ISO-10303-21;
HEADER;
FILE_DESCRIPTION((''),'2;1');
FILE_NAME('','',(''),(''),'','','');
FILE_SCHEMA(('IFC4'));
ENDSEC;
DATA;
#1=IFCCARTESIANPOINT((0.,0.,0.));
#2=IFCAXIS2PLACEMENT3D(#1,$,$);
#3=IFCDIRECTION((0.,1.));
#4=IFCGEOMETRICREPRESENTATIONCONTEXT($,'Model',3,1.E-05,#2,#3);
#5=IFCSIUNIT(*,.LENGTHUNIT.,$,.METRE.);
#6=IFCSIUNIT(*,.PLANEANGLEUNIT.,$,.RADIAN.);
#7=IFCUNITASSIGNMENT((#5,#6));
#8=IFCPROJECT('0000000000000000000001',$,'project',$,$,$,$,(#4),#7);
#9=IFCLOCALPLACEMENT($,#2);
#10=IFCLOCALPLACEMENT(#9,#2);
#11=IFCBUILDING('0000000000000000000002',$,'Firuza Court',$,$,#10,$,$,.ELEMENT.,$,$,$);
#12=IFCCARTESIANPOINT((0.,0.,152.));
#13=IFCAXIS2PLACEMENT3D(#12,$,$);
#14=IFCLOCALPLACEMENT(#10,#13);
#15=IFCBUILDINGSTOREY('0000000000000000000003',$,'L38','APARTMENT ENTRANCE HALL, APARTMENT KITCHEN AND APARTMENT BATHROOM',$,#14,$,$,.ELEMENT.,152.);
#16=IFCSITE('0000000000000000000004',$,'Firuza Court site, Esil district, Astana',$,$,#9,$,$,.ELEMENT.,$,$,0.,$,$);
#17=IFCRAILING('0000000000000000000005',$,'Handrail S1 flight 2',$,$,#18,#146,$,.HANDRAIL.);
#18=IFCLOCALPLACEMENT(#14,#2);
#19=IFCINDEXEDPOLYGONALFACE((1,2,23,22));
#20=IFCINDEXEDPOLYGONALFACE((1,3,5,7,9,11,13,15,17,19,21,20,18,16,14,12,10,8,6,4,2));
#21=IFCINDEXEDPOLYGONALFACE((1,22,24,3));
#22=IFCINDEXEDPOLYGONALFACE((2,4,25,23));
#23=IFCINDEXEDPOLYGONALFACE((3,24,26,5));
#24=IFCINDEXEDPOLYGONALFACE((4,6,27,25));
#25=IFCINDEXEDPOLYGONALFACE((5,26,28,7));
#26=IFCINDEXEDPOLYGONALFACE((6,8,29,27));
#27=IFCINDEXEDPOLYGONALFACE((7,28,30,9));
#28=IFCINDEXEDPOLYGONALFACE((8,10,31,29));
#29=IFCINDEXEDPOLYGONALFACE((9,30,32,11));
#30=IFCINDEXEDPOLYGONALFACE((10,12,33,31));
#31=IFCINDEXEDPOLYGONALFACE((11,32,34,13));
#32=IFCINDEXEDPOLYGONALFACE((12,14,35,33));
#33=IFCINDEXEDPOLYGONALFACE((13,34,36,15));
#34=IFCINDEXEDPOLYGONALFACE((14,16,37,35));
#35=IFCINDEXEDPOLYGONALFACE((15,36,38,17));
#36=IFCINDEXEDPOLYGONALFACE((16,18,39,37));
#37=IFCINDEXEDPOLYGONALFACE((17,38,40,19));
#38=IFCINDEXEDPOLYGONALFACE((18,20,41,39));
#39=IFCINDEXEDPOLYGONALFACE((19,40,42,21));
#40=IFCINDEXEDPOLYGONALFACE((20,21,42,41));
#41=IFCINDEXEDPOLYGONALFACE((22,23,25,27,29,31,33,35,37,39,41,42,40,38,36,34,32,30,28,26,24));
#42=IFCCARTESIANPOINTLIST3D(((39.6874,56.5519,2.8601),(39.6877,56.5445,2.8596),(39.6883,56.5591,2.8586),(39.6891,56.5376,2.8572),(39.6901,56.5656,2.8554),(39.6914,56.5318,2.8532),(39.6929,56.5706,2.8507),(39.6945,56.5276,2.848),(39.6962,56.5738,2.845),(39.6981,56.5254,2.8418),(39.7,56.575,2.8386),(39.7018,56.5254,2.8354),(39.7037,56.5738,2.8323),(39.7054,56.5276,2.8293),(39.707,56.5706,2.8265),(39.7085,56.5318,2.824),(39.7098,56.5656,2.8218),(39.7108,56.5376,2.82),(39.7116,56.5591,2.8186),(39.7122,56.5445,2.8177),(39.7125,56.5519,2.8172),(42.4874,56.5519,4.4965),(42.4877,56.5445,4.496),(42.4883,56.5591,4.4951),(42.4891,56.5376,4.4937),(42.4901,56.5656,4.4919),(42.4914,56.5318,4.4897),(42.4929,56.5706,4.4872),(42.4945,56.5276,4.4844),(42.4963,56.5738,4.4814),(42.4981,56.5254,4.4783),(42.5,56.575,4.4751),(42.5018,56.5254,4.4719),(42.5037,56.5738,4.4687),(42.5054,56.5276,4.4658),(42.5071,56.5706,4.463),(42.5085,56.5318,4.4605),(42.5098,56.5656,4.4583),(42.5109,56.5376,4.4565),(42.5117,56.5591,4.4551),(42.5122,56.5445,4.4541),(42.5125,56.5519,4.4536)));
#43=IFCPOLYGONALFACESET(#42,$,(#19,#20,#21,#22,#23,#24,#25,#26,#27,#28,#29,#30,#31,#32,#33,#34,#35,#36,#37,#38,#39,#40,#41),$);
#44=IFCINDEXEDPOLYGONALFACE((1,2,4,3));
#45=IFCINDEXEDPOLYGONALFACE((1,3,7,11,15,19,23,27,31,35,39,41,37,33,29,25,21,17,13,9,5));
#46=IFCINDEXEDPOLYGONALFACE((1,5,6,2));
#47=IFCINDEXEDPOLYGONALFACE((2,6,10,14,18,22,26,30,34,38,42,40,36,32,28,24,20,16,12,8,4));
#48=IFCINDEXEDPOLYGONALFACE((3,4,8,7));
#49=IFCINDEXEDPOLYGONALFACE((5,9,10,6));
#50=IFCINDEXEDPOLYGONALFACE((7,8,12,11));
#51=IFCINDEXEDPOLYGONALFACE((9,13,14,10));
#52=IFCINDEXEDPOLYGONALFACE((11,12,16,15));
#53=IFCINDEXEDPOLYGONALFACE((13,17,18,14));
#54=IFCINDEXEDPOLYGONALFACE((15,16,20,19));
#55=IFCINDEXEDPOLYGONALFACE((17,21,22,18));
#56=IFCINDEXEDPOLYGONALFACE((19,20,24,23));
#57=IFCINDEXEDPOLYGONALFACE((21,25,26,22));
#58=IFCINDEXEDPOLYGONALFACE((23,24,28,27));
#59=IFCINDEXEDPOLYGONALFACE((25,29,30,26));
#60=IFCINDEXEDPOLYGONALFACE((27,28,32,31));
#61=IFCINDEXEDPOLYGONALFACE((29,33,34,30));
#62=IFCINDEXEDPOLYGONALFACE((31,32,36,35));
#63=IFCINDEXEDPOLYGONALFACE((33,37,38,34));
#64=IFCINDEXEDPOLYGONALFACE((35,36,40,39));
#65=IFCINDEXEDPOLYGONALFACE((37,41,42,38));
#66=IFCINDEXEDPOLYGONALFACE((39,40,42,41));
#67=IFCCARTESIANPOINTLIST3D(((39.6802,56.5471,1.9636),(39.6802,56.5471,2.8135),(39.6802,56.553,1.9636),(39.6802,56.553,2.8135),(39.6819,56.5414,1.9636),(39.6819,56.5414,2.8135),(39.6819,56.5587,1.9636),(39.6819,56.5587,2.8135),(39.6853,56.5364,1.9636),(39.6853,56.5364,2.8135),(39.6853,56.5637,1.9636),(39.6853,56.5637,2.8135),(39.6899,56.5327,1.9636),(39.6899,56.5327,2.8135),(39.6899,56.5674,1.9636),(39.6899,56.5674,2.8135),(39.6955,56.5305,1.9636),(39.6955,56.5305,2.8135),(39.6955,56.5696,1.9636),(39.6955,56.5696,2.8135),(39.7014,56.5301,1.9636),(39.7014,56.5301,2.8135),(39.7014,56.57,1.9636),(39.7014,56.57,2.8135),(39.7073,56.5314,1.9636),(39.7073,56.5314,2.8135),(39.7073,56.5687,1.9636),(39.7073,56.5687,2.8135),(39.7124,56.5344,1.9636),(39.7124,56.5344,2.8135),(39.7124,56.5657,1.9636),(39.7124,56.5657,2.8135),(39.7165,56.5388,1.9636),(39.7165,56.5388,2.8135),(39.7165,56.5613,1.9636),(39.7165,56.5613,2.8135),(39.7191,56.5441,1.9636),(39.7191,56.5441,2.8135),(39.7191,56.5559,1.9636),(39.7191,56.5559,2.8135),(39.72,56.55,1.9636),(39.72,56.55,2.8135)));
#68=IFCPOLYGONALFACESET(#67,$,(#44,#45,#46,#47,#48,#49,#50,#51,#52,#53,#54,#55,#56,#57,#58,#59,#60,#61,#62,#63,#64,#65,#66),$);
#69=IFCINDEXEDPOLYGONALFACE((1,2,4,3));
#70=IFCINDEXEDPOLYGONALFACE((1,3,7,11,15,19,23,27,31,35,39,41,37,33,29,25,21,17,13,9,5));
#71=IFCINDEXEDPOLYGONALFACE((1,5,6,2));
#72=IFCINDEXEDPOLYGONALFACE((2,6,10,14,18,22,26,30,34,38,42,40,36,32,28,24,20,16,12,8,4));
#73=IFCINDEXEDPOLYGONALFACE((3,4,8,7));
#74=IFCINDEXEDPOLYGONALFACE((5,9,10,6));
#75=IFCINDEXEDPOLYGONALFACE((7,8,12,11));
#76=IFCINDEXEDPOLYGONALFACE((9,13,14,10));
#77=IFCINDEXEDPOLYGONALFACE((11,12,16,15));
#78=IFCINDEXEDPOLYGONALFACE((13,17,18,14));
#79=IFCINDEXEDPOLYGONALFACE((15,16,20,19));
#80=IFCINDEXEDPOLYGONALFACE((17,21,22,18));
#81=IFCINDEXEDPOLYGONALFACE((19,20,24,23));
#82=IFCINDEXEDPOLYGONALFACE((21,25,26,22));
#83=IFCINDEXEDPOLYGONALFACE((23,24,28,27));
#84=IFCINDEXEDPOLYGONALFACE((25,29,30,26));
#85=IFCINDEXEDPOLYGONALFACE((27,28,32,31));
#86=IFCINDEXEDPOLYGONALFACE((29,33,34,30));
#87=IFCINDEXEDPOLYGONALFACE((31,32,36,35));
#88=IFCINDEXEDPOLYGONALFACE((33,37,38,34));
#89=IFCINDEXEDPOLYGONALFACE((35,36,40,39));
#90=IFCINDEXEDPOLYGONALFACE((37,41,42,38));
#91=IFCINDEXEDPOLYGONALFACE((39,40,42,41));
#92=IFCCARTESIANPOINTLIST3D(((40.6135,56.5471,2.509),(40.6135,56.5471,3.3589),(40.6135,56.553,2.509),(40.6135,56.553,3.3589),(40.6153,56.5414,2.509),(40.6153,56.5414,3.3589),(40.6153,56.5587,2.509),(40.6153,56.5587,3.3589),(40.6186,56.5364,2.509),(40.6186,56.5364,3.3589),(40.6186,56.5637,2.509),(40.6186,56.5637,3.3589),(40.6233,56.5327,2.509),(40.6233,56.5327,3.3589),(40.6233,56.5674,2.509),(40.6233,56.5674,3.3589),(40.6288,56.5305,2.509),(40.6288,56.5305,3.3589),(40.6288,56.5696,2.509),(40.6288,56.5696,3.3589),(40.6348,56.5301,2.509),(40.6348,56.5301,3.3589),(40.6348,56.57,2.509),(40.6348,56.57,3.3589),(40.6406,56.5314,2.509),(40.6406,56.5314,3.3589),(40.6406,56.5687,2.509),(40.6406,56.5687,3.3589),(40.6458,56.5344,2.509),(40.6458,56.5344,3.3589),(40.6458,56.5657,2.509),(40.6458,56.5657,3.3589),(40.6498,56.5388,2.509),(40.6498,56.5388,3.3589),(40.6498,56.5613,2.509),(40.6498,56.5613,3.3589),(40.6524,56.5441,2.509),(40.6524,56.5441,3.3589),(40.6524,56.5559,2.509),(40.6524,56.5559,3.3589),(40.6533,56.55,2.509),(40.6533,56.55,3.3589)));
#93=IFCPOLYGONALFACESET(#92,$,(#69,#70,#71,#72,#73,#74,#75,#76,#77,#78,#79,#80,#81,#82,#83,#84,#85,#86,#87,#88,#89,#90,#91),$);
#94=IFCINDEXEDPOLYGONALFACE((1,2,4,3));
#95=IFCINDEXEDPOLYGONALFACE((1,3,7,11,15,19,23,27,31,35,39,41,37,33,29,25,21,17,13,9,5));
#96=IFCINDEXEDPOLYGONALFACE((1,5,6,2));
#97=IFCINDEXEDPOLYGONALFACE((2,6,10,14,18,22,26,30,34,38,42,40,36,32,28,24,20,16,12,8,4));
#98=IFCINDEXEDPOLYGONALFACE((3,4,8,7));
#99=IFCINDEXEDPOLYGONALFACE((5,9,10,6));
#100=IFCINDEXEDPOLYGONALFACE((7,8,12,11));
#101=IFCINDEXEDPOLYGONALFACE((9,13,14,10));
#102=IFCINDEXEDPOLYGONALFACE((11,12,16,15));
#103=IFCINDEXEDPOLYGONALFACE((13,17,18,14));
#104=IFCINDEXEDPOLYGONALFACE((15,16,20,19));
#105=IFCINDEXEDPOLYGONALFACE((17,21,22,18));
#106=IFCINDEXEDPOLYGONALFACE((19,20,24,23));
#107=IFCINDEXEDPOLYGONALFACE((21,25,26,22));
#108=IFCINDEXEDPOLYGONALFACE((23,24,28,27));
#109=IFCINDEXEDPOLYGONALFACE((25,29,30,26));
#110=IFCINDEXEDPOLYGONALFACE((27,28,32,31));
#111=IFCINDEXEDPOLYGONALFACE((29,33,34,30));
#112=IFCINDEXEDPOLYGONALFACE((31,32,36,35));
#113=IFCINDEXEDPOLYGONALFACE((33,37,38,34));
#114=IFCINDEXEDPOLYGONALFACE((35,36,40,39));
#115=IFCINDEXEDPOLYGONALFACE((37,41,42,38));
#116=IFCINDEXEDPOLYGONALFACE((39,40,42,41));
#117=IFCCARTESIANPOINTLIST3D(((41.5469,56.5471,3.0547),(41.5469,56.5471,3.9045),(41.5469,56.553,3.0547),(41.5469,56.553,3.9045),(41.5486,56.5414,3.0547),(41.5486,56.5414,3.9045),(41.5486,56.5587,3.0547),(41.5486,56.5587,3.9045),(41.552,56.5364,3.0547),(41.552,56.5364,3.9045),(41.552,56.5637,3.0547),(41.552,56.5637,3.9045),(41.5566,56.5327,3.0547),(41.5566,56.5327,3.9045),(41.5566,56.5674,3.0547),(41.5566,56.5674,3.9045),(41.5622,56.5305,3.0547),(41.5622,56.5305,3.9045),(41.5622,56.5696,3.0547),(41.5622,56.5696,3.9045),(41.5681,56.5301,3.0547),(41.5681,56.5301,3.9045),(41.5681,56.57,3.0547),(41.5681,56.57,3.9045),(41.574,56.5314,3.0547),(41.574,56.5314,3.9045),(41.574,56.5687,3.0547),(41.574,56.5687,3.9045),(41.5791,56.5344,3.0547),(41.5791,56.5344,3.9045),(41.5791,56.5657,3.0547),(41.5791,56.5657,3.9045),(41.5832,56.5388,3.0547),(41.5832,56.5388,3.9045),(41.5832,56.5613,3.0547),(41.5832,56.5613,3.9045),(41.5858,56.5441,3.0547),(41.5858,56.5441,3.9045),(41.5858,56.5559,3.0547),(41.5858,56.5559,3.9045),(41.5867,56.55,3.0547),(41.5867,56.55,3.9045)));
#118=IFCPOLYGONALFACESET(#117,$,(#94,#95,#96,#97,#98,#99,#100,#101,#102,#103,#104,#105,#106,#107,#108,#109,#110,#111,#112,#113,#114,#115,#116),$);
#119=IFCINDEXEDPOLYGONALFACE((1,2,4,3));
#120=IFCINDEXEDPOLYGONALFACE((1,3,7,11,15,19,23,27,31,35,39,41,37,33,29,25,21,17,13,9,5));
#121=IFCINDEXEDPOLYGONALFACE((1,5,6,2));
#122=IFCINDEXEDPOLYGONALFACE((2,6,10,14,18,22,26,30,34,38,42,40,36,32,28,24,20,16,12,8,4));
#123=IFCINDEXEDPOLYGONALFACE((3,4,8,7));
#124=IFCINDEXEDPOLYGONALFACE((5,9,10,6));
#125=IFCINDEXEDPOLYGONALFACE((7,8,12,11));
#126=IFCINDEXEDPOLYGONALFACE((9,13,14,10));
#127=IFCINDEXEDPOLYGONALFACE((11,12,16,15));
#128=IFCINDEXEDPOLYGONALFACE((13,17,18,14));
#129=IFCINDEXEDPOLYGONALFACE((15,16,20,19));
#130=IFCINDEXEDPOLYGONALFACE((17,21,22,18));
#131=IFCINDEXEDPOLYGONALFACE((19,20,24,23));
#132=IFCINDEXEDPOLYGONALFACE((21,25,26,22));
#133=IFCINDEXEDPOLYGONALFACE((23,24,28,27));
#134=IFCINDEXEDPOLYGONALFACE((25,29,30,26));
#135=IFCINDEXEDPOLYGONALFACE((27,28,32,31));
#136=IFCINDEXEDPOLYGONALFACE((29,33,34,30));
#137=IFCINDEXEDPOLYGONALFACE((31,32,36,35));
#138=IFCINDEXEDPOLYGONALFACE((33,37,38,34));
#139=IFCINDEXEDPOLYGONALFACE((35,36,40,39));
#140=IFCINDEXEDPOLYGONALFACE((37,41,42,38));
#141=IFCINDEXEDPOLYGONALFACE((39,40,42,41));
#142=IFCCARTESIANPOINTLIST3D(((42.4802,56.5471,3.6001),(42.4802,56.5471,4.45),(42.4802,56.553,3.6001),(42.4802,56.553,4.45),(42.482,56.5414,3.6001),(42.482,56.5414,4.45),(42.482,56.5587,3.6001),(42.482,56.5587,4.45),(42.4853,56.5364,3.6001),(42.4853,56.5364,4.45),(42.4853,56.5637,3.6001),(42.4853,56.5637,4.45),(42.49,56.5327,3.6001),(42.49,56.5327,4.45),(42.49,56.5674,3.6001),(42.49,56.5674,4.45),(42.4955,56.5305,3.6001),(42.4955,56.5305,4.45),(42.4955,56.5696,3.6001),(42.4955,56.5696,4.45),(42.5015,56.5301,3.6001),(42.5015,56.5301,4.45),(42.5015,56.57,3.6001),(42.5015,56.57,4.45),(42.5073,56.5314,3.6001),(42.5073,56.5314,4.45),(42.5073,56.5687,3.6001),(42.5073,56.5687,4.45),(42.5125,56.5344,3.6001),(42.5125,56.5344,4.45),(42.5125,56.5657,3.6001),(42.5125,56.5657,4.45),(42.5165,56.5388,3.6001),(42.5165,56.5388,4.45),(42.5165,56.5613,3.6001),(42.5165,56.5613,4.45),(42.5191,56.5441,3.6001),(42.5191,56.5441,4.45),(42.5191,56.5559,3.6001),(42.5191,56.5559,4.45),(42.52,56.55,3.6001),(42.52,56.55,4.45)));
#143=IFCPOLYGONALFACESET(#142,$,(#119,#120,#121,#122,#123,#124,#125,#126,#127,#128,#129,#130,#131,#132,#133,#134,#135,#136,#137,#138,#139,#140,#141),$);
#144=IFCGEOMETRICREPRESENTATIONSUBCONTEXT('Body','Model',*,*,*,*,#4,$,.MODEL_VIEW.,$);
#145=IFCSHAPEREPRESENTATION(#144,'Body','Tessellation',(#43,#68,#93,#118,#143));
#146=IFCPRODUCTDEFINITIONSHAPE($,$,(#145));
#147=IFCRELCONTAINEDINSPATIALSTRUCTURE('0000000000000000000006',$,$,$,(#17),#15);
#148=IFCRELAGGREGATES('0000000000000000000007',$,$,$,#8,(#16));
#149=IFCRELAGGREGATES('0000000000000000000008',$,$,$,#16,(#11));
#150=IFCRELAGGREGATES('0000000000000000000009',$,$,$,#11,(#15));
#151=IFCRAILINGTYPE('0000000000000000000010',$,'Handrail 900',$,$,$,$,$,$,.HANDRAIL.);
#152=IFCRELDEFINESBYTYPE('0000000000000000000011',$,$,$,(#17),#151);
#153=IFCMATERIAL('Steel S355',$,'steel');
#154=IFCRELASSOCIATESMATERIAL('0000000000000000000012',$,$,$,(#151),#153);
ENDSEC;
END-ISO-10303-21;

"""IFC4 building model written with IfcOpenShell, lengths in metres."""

from ifc_helpers import new_model, si_unit, direction, frame, origin, origin_2d, place, context, subcontext, project, spatial, circle, extrude, material, type_object, element, save


model = new_model("IFC4")

# Units and contexts
model_context = context("Model", 3, precision=1e-05, world=origin(), true_north=direction((0.0, 1.0)))
body_context = subcontext(model_context, "Body", "Model", "MODEL_VIEW")
ifc_project = project(units=[si_unit("LENGTHUNIT", "METRE"), si_unit("PLANEANGLEUNIT", "RADIAN")], contexts=[model_context])

# Site, building, storey
site_placement = place(None, origin())
site = spatial("IfcSite", under=ifc_project, at=site_placement, Name="Firuza Court site, Esil district, Astana", CompositionType="ELEMENT", RefElevation=0.0)
building_placement = place(site_placement, origin())
building = spatial("IfcBuilding", under=site, at=building_placement, Name="Firuza Court", CompositionType="ELEMENT")
storey_placement = place(building_placement, frame((0.0, 0.0, 152.0)))
storey = spatial("IfcBuildingStorey", under=building, at=storey_placement, Name="L38", Description="APARTMENT ENTRANCE HALL, APARTMENT KITCHEN AND APARTMENT BATHROOM", CompositionType="ELEMENT", Elevation=152.0)

# Railing
ifc_material_1 = material(Name="Steel S355", Category="steel")
railing_type_1 = type_object("IfcRailingType", Name="Handrail 900", PredefinedType="HANDRAIL", material=ifc_material_1)
railing_1_placement = place(storey_placement, frame((39.7, 56.55, 1.9636)))
element("IfcRailing", 1, at=railing_1_placement, inside=storey, type_object=railing_type_1, Name="Handrail S1 flight 2", PredefinedType="HANDRAIL", context=body_context, shape_type="SweptSolid", body=[
    extrude(circle(Radius=0.0249, at=origin_2d()), frame((0.0, 0.0, 0.875), z_axis=(0.863361, 0.0, 0.504587), x_axis=(0.0, 1.0, 0.0)), (0.0, 0.0, 1.0), 3.2432),
    extrude(circle(Radius=0.02, at=origin_2d()), origin(), (0.0, 0.0, 1.0), 0.8499),
    extrude(circle(Radius=0.02, at=origin_2d()), frame((0.9333, 0.0, 0.5454)), (0.0, 0.0, 1.0), 0.8499),
    extrude(circle(Radius=0.02, at=origin_2d()), frame((1.8667, 0.0, 1.0911)), (0.0, 0.0, 1.0), 0.8499),
    extrude(circle(Radius=0.02, at=origin_2d()), frame((2.8, 0.0, 1.6365)), (0.0, 0.0, 1.0), 0.8499),
])

save(model, "model.ifc")
